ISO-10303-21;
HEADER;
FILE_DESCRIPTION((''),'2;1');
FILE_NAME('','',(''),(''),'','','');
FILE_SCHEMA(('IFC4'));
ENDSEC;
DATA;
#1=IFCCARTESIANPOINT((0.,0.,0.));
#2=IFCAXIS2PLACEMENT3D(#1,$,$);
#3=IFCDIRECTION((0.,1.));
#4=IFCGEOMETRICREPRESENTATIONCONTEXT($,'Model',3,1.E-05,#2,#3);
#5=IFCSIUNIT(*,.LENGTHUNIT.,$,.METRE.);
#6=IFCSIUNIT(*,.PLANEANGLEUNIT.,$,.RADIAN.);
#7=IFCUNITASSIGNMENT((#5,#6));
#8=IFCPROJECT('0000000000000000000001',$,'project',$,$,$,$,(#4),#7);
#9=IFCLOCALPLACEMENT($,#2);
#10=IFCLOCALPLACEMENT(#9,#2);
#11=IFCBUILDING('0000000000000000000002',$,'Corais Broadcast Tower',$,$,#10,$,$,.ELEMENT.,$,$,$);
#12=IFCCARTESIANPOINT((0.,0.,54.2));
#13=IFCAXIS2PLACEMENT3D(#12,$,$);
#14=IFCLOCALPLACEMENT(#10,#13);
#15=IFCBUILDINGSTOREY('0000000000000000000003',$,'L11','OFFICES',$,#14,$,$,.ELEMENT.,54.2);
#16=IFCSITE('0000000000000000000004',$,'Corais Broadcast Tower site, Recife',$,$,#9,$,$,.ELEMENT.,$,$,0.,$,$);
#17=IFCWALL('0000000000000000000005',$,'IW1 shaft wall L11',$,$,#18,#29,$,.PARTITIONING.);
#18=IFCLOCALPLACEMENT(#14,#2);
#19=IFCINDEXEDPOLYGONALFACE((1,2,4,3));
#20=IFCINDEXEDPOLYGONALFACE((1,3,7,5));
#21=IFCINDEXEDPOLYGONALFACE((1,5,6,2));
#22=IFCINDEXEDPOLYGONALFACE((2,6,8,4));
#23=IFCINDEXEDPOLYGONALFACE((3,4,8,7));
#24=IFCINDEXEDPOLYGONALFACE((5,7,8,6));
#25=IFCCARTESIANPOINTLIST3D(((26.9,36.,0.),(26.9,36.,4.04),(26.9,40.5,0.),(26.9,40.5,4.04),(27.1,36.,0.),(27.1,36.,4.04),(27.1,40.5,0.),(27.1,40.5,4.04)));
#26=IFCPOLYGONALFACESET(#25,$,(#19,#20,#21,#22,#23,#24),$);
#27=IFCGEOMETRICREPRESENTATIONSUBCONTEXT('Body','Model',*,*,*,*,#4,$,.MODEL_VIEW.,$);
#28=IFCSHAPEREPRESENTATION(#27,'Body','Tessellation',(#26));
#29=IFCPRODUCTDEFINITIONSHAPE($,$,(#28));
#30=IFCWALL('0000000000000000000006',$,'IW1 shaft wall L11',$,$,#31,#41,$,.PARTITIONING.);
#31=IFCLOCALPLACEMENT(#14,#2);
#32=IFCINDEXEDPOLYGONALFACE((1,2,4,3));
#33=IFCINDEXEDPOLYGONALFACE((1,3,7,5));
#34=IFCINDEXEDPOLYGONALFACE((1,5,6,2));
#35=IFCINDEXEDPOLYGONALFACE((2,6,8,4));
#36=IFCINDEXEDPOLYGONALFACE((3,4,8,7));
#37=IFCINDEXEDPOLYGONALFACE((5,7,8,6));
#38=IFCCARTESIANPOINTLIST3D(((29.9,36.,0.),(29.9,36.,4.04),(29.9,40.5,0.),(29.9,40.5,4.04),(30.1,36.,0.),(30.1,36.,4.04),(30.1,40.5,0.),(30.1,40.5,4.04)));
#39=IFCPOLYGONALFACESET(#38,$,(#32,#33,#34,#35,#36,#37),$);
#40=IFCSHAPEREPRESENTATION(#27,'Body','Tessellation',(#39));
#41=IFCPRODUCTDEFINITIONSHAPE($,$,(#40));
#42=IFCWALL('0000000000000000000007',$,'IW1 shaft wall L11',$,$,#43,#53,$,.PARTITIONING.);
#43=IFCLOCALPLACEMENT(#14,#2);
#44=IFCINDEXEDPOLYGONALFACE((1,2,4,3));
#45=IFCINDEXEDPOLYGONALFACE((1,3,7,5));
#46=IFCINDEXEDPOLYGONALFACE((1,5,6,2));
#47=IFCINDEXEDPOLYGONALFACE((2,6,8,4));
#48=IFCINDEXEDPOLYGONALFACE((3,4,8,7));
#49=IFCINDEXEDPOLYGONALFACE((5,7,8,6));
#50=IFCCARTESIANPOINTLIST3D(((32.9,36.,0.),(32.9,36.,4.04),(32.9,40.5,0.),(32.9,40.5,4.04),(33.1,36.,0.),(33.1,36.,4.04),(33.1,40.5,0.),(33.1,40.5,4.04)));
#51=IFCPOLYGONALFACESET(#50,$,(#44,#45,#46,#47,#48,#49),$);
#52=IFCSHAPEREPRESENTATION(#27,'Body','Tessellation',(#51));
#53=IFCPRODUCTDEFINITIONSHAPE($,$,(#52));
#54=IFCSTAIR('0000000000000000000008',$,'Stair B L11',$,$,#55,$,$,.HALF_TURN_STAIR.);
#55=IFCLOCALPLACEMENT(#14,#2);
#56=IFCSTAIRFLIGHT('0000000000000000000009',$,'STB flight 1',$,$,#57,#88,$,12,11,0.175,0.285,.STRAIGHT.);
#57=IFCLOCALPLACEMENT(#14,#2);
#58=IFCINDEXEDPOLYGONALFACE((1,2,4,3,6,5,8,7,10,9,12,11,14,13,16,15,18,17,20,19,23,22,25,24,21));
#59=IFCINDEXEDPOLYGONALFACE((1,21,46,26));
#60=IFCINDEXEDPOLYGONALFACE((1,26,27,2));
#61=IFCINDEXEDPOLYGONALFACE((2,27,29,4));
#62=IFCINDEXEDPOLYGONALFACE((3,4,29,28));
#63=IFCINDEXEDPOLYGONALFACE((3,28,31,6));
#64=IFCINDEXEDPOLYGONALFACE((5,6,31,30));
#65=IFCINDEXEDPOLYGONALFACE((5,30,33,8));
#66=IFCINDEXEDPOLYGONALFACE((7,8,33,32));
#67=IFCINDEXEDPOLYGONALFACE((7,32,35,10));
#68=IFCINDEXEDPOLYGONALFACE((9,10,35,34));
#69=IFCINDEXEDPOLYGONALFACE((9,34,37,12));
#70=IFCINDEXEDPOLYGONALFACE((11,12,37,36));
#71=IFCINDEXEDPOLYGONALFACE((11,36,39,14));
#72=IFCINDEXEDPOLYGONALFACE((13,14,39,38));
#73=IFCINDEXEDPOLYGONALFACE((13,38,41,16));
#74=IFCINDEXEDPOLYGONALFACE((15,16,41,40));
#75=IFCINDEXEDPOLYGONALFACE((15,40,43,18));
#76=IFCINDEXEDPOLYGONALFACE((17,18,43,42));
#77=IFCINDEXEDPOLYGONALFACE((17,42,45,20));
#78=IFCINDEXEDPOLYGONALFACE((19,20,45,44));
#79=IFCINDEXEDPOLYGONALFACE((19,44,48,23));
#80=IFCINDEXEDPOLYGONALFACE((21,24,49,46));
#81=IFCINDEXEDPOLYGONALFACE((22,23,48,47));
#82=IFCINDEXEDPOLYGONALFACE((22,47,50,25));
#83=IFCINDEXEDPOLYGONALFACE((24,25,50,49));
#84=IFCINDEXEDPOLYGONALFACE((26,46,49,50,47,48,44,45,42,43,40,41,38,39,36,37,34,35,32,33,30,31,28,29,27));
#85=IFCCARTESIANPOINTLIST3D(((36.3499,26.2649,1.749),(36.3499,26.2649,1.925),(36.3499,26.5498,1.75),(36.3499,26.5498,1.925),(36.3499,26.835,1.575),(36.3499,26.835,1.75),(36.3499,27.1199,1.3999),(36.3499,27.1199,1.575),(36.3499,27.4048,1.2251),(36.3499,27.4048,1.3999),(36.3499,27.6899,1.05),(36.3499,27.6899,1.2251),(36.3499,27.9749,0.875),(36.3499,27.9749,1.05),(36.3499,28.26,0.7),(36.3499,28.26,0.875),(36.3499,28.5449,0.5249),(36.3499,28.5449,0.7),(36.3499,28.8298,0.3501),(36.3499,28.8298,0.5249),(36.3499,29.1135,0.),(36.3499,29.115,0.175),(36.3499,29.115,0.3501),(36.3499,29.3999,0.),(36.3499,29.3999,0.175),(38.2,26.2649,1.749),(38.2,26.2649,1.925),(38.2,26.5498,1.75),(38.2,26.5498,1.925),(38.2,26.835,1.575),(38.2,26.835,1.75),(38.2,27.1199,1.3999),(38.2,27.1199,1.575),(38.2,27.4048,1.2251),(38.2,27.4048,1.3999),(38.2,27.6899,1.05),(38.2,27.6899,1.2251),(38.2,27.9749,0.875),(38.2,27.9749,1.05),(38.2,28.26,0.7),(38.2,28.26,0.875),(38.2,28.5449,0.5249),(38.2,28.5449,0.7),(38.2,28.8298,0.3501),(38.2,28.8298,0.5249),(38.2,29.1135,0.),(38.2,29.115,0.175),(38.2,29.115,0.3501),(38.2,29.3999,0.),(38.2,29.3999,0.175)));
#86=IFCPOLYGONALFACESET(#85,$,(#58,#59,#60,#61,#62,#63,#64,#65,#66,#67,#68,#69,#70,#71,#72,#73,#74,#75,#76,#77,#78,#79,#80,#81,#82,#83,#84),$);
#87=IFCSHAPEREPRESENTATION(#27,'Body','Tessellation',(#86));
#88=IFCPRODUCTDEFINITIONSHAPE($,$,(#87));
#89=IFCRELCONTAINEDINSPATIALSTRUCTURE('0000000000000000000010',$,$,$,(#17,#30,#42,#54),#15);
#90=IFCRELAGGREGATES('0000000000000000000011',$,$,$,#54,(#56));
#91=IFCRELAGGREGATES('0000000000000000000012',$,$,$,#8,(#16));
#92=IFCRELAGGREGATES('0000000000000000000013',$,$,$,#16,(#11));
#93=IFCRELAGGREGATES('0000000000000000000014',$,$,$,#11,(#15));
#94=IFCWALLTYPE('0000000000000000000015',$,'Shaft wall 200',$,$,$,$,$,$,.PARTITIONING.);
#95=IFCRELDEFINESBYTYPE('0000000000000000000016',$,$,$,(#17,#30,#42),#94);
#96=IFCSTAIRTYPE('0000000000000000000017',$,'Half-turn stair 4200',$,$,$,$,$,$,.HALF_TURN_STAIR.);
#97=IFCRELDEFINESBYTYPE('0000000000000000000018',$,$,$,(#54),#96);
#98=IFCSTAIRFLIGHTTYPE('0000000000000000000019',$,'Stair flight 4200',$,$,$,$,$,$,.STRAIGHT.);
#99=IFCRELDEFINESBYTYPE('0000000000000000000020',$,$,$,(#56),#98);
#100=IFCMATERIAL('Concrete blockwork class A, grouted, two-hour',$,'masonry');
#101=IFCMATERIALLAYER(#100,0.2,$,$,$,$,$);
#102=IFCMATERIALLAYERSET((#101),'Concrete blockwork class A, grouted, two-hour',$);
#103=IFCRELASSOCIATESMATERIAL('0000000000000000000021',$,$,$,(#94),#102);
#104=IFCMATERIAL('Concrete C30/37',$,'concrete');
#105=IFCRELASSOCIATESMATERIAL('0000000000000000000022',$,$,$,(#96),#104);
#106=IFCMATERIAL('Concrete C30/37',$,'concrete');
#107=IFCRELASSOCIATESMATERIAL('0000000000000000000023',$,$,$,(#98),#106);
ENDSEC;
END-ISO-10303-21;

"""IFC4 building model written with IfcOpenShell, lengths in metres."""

from ifc_helpers import new_model, si_unit, direction, frame, frame_2d, origin, place, context, subcontext, project, spatial, polyline, rectangle, outline, extrude, material, layer, layer_set, type_object, element, aggregate, save


model = new_model("IFC4")

# Units and contexts
model_context = context("Model", 3, precision=1e-05, world=origin(), true_north=direction((0.0, 1.0)))
body_context = subcontext(model_context, "Body", "Model", "MODEL_VIEW")
ifc_project = project(units=[si_unit("LENGTHUNIT", "METRE"), si_unit("PLANEANGLEUNIT", "RADIAN")], contexts=[model_context])

# Site, building, storey
site_placement = place(None, origin())
site = spatial("IfcSite", under=ifc_project, at=site_placement, Name="Corais Broadcast Tower site, Recife", CompositionType="ELEMENT", RefElevation=0.0)
building_placement = place(site_placement, origin())
building = spatial("IfcBuilding", under=site, at=building_placement, Name="Corais Broadcast Tower", CompositionType="ELEMENT")
storey_placement = place(building_placement, frame((0.0, 0.0, 54.2)))
storey = spatial("IfcBuildingStorey", under=building, at=storey_placement, Name="L11", Description="OFFICES", CompositionType="ELEMENT", Elevation=54.2)

# Walls
ifc_material_1 = material(Name="Concrete blockwork class A, grouted, two-hour", Category="masonry")
ifc_layer_1 = layer(ifc_material_1, 0.2)
ifc_layer_set_1 = layer_set([ifc_layer_1], Name="Concrete blockwork class A, grouted, two-hour")
wall_type_1 = type_object("IfcWallType", Name="Shaft wall 200", PredefinedType="PARTITIONING", material=ifc_layer_set_1)
for number, where, z_axis, x_axis, name in (
    (1, (27.0, 36.0, 0.0), (0.0, 0.0, 1.0), (0.0, 1.0, 0.0), "IW1 shaft wall L11"),
    (2, (30.0, 36.0, 0.0), (0.0, 0.0, 1.0), (0.0, 1.0, 0.0), "IW1 shaft wall L11"),
    (3, (33.0, 36.0, 0.0), (0.0, 0.0, 1.0), (0.0, 1.0, 0.0), "IW1 shaft wall L11"),
):
    element("IfcWall", number, at=place(storey_placement, frame(where, z_axis=z_axis, x_axis=x_axis)), inside=storey, type_object=wall_type_1, Name=name, PredefinedType="PARTITIONING", context=body_context, shape_type="SweptSolid", body=[
        extrude(rectangle(XDim=4.5, YDim=0.2, at=frame_2d((2.25, 0.0))), origin(), (0.0, 0.0, 1.0), 4.04),
    ])

# Stair, stair flight
ifc_material_2 = material(Name="Concrete C30/37", Category="concrete")
stair_type = type_object("IfcStairType", Name="Half-turn stair 4200", PredefinedType="HALF_TURN_STAIR", material=ifc_material_2)
stair_placement = place(storey_placement, origin())
stair = element("IfcStair", 4, at=stair_placement, inside=storey, type_object=stair_type, Name="Stair B L11", PredefinedType="HALF_TURN_STAIR")
ifc_material_3 = material(Name="Concrete C30/37", Category="concrete")
stair_flight_type = type_object("IfcStairFlightType", Name="Stair flight 4200", PredefinedType="STRAIGHT", material=ifc_material_3)
stair_flight_placement = place(storey_placement, frame((37.2749, 29.3999, 0.0), z_axis=(0.0, 0.0, 1.0), x_axis=(0.0, -1.0, 0.0)))
stair_flight = element("IfcStairFlight", 5, at=stair_flight_placement, type_object=stair_flight_type, Name="STB flight 1", NumberOfRisers=12, NumberOfTreads=11, PredefinedType="STRAIGHT", RiserHeight=0.175, TreadLength=0.285, context=body_context, shape_type="SweptSolid", body=[
    extrude(outline(polyline([(0.0, 0.0), (0.0, 0.175), (0.2849, 0.175), (0.2849, 0.3501), (0.5701, 0.3501), (0.5701, 0.5249), (0.855, 0.5249), (0.855, 0.7), (1.1399, 0.7), (1.1399, 0.875), (1.425, 0.875), (1.425, 1.05), (1.71, 1.05), (1.71, 1.2251), (1.9951, 1.2251), (1.9951, 1.3999), (2.28, 1.3999), (2.28, 1.575), (2.5649, 1.575), (2.5649, 1.75), (2.8501, 1.75), (2.8501, 1.925), (3.135, 1.925), (3.135, 2.1001), (3.135, 1.749), (0.2864, 0.0), (0.0, 0.0)])), frame((0.0, 0.925, 0.0), z_axis=(0.0, -1.0, 0.0), x_axis=(1.0, 0.0, 0.0)), (0.0, 0.0, 1.0), 1.8501),
])
aggregate(stair, [stair_flight])

save(model, "model.ifc")
